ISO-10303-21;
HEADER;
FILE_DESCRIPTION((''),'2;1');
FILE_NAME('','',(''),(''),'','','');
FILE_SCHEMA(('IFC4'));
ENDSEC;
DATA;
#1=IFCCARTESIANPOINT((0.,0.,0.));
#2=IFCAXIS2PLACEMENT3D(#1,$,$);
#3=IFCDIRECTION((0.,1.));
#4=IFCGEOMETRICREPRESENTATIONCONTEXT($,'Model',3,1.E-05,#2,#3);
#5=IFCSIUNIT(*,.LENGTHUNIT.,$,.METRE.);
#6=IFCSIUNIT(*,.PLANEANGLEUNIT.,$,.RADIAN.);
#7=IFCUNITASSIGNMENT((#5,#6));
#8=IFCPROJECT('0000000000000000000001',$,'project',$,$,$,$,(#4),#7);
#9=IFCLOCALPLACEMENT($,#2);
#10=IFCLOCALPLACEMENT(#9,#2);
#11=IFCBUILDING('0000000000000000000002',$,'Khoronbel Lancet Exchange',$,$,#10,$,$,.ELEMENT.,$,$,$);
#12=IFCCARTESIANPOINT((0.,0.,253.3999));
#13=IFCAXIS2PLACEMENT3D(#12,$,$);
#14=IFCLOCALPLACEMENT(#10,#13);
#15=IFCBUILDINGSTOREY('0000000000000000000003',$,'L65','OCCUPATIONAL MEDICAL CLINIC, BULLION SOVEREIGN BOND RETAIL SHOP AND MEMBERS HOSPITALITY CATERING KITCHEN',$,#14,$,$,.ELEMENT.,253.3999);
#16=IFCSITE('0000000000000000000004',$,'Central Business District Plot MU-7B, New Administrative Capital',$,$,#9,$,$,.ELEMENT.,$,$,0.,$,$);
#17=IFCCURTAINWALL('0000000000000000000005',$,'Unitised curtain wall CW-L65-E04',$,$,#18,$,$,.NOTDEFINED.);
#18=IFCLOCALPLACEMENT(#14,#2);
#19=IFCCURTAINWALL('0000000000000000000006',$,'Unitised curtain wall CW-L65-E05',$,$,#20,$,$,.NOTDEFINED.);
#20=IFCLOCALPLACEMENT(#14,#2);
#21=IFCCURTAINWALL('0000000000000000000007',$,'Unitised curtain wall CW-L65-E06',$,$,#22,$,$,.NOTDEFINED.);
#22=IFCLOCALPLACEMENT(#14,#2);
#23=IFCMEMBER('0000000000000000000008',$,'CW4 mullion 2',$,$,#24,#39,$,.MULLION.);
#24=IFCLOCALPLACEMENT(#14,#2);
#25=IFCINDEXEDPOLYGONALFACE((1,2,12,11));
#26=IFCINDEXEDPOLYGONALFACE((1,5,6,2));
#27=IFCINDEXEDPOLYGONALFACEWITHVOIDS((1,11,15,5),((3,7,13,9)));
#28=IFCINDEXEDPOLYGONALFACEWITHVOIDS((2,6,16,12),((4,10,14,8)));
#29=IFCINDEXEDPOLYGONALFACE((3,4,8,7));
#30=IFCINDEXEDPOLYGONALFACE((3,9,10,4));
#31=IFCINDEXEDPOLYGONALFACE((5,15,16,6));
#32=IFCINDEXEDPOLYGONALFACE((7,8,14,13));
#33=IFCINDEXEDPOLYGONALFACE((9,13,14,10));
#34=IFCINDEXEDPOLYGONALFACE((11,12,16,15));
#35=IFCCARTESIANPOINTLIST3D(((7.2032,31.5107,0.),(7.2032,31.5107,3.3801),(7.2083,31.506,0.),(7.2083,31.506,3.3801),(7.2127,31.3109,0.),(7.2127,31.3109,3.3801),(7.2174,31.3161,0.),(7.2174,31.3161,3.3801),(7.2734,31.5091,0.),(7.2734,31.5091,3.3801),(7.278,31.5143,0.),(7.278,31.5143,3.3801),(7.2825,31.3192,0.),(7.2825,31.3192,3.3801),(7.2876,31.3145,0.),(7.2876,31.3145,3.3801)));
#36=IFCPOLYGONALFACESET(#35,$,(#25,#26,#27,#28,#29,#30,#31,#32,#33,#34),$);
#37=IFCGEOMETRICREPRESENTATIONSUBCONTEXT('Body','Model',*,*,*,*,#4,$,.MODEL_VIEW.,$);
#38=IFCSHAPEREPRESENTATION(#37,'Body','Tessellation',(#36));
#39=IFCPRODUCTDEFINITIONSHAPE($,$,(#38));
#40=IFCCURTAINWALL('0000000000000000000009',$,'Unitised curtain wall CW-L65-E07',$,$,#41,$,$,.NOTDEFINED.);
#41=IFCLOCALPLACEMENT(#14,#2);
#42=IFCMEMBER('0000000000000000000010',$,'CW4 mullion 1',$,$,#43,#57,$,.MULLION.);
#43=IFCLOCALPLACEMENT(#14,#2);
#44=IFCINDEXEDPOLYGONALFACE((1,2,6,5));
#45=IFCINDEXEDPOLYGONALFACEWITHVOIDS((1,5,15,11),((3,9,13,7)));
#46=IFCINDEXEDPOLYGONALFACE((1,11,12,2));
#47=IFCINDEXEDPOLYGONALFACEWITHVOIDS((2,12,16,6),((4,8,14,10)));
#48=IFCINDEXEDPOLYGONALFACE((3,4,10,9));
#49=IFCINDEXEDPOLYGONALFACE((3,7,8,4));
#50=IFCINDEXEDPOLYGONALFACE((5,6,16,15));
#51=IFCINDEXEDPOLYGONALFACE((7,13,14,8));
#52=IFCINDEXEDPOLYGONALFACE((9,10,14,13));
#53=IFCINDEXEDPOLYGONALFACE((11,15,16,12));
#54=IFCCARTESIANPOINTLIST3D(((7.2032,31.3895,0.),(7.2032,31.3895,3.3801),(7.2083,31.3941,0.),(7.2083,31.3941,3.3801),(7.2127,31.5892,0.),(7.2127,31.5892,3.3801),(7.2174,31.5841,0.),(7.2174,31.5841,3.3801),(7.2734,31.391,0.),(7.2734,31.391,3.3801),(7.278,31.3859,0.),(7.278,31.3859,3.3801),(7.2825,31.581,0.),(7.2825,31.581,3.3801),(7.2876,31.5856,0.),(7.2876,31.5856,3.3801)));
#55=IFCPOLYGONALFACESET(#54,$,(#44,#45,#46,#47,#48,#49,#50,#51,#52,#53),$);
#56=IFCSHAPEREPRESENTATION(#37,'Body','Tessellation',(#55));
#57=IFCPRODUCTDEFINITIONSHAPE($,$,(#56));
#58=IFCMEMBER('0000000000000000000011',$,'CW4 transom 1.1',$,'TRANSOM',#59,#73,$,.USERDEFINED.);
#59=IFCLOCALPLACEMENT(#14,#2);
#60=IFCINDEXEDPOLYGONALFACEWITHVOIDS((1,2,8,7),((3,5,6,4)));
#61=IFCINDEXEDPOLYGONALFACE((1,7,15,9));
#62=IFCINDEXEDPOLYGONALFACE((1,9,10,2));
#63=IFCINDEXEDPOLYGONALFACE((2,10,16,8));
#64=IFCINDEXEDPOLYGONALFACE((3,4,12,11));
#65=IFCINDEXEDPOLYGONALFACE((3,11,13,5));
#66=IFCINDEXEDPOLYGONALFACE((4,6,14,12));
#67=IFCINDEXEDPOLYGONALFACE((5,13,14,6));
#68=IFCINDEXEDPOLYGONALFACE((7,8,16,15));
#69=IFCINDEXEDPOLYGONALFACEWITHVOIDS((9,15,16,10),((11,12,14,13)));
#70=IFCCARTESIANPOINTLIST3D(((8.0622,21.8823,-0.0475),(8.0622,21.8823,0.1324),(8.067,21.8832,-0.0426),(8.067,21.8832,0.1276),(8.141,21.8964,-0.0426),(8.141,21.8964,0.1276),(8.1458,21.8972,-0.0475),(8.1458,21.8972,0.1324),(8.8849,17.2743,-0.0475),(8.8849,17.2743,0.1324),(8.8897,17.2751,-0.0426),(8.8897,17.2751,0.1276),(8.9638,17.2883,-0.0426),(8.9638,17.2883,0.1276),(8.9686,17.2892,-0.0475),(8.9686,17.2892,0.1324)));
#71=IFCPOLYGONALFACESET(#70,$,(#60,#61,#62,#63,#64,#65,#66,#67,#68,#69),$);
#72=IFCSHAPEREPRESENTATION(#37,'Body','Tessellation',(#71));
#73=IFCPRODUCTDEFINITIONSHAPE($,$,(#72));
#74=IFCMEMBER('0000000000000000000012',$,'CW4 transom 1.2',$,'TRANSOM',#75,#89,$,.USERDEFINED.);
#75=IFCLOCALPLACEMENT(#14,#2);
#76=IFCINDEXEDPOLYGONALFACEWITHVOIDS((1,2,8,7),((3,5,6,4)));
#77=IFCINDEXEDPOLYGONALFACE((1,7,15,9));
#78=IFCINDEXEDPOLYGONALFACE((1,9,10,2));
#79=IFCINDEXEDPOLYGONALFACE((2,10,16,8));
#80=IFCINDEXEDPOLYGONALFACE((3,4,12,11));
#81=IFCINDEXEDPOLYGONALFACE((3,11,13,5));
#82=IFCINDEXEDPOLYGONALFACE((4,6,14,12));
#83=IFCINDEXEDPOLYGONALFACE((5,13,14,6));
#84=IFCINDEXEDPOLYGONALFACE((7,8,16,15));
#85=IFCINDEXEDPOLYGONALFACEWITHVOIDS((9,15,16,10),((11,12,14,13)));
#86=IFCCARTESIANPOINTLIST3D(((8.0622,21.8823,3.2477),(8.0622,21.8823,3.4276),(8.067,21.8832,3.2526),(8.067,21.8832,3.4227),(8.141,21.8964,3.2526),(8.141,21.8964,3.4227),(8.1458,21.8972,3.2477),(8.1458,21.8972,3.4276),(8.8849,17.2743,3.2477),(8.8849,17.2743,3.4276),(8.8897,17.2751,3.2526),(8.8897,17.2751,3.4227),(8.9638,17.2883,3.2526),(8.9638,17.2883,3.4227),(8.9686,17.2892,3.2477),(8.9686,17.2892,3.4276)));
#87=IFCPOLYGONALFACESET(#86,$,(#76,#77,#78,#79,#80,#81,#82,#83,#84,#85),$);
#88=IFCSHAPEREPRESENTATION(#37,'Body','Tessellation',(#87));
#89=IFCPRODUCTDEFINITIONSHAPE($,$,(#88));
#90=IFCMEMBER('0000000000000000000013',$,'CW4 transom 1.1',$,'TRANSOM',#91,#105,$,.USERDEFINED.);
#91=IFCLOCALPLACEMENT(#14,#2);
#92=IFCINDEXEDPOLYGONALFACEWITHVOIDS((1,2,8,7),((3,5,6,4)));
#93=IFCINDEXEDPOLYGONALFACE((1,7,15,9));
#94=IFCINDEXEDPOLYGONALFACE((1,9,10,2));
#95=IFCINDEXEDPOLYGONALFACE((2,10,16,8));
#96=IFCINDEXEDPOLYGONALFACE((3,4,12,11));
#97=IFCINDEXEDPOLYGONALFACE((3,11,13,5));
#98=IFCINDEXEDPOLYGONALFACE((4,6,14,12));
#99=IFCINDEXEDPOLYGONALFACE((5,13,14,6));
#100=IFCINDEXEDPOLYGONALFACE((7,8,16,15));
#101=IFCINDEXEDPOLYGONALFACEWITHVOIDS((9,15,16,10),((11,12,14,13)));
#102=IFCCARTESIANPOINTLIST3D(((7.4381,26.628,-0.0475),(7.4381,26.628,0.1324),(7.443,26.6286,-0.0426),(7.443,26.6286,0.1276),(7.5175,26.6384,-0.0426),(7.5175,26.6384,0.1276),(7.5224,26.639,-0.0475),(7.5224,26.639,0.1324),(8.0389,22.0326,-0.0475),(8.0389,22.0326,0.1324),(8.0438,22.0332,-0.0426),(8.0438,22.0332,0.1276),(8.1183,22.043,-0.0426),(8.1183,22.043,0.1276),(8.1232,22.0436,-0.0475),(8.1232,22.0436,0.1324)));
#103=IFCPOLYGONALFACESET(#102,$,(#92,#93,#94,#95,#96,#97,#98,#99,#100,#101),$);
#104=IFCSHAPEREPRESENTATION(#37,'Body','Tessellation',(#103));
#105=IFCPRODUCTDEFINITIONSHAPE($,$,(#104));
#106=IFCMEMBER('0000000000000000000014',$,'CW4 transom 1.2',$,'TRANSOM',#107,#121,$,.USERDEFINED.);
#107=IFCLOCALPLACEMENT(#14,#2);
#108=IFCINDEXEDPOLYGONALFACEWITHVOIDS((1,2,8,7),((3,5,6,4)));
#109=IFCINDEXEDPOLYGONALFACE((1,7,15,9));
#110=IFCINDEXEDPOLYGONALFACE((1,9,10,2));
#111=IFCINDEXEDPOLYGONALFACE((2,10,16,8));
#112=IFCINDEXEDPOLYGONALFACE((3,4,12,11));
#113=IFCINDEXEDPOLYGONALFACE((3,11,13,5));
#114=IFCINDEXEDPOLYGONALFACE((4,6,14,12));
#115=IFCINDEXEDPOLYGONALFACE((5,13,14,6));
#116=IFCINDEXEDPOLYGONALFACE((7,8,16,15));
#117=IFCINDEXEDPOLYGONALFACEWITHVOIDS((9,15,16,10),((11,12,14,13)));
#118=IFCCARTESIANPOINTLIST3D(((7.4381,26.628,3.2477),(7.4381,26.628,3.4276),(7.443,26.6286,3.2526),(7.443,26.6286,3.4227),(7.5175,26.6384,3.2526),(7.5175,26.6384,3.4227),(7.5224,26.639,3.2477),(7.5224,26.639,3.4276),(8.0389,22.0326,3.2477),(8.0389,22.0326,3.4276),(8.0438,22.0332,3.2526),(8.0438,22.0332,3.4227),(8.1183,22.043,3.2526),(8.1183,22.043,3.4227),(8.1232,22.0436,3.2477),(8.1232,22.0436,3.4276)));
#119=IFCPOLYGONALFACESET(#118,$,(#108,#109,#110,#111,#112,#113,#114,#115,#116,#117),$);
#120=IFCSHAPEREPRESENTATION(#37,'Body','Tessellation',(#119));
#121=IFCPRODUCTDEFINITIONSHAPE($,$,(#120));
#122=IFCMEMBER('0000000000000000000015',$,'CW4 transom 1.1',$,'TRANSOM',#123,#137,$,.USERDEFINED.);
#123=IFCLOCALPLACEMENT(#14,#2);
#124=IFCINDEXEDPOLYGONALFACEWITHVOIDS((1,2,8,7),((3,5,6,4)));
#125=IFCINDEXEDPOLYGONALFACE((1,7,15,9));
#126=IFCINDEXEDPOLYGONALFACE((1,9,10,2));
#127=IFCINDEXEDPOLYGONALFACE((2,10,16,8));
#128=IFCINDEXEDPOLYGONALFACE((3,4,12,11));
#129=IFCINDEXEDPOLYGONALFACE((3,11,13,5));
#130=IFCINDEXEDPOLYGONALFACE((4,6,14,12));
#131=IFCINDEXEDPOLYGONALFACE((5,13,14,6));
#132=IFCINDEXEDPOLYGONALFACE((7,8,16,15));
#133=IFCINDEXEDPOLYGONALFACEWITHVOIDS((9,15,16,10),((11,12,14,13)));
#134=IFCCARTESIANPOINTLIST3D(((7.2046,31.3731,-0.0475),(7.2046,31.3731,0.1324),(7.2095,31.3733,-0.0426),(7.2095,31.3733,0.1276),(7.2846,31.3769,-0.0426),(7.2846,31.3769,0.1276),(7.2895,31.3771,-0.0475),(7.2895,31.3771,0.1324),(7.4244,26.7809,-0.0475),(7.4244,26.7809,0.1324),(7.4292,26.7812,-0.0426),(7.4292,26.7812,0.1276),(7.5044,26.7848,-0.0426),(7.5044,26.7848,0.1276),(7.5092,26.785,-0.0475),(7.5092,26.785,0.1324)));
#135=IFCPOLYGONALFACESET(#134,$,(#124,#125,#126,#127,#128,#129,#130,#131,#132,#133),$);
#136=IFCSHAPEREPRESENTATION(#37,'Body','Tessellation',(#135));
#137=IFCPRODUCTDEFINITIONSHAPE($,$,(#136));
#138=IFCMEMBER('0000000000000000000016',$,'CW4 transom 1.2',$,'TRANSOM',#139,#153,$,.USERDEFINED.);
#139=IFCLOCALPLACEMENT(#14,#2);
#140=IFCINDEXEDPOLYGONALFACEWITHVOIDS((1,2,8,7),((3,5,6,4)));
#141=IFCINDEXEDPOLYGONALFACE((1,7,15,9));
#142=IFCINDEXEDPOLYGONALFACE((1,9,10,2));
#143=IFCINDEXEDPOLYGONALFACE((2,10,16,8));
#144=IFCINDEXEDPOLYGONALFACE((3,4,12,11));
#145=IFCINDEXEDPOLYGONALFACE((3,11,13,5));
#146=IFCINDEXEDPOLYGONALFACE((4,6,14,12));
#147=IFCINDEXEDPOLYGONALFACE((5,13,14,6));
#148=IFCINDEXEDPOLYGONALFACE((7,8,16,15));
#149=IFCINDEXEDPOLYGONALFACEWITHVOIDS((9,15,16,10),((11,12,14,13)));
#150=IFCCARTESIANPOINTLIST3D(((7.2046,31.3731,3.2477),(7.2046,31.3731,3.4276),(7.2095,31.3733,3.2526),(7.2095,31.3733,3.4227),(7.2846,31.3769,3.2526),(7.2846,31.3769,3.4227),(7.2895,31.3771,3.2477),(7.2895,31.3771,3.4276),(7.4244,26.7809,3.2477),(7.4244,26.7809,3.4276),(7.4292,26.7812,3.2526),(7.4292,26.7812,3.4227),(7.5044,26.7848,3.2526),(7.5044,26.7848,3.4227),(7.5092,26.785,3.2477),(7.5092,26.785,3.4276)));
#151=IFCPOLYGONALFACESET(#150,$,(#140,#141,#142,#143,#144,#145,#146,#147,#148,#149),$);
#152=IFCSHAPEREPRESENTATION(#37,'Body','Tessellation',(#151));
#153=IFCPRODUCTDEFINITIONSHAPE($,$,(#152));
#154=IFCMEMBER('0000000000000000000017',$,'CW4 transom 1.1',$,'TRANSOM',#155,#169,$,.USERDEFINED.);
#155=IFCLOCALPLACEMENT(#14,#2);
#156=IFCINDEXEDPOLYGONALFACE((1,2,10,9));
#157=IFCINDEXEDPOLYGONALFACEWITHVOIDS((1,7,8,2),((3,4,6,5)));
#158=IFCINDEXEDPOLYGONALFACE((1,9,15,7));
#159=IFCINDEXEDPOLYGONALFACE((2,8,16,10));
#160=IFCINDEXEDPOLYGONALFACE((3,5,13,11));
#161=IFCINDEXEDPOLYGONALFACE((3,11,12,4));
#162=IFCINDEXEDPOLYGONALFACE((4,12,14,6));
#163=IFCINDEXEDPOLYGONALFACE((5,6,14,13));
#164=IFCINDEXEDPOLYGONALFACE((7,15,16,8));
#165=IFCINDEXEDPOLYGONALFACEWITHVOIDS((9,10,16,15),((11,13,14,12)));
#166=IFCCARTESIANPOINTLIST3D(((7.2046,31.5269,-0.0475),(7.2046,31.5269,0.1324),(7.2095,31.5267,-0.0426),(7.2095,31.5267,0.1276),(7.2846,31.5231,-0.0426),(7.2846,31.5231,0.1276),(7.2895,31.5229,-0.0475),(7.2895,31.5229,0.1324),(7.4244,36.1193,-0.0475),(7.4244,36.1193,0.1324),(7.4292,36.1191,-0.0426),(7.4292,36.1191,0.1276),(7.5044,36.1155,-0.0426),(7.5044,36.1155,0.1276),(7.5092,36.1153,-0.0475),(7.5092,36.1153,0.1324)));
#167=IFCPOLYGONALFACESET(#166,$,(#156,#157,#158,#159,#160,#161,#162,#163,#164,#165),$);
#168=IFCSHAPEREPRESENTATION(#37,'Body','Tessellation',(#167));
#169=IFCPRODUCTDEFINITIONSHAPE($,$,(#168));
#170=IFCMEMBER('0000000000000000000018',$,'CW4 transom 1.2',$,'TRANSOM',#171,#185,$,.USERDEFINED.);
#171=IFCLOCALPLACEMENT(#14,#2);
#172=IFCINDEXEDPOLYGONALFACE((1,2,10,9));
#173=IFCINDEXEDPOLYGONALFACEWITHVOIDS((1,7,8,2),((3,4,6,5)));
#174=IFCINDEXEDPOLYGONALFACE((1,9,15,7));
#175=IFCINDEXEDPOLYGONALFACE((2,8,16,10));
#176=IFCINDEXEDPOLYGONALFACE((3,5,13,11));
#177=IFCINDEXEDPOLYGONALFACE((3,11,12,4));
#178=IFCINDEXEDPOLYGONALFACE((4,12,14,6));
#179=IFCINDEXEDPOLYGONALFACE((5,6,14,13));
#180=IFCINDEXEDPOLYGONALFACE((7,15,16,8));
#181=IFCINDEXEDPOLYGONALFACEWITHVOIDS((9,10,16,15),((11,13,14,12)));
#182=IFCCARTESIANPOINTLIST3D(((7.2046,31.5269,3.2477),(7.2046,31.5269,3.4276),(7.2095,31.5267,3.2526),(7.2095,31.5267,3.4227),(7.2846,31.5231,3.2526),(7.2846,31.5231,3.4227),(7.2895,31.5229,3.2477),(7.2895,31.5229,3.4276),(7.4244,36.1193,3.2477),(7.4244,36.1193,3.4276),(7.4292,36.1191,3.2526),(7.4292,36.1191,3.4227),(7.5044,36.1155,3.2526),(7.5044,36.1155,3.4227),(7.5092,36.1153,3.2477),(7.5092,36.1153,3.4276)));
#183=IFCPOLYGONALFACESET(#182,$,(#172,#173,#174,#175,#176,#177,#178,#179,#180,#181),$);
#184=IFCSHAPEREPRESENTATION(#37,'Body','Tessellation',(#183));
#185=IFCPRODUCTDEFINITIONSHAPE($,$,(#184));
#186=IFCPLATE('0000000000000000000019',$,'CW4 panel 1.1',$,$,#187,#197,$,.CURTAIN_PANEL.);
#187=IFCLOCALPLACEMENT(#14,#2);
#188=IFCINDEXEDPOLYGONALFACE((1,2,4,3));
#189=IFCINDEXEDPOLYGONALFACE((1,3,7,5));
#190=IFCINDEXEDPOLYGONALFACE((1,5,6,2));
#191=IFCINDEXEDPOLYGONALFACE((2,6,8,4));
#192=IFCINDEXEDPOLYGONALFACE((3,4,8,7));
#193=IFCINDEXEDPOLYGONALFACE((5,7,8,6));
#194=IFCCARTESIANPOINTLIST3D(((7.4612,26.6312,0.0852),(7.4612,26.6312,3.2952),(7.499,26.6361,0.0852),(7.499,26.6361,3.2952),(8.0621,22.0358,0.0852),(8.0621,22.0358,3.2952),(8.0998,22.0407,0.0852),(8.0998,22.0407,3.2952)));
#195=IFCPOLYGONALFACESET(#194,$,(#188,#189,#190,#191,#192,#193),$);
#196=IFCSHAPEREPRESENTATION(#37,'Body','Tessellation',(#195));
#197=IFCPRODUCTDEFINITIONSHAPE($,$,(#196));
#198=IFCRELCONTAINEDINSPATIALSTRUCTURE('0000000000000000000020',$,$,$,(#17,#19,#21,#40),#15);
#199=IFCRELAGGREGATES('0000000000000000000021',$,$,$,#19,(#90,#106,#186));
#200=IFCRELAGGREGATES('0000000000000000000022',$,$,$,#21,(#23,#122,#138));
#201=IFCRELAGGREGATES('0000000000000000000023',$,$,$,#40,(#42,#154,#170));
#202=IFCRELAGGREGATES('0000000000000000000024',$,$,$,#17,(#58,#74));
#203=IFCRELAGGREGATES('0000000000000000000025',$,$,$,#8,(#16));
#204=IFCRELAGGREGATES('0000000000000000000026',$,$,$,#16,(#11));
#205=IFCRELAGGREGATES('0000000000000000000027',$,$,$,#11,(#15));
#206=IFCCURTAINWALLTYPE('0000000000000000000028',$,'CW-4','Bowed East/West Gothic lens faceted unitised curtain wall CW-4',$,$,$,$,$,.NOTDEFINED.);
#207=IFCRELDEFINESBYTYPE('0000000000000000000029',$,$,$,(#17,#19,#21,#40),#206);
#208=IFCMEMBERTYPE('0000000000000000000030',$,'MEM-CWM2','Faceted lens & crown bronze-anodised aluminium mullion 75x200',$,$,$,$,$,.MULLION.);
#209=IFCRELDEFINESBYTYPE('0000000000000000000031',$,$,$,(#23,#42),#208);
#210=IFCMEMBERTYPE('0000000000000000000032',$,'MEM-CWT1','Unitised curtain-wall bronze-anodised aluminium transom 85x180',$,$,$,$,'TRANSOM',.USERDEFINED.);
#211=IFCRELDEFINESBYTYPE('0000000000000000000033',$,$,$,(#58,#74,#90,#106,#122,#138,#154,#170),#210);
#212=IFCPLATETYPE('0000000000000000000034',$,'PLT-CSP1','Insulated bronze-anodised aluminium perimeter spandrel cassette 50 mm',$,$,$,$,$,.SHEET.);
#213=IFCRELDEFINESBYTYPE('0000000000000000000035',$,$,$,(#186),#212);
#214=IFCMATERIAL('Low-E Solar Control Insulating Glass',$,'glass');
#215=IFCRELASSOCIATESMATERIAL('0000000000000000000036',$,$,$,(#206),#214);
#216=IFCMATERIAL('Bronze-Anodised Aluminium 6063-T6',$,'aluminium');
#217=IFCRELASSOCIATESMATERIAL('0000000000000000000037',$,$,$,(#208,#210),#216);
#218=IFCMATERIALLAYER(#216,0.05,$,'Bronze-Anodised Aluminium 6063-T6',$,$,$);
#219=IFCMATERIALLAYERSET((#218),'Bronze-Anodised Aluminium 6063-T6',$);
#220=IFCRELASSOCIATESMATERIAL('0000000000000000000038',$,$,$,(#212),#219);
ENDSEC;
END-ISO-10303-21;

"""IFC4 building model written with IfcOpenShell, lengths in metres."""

from ifc_helpers import new_model, si_unit, direction, frame, origin, origin_2d, place, context, subcontext, project, spatial, rectangle, hollow_rectangle, extrude, material, layer, layer_set, material_profile, profile_set, type_object, element, aggregate, save


model = new_model("IFC4")

# Units and contexts
model_context = context("Model", 3, precision=1e-05, world=origin(), true_north=direction((0.0, 1.0)))
body_context = subcontext(model_context, "Body", "Model", "MODEL_VIEW")
ifc_project = project(units=[si_unit("LENGTHUNIT", "METRE"), si_unit("PLANEANGLEUNIT", "RADIAN")], contexts=[model_context])

# Site, building, storey
site_placement = place(None, origin())
site = spatial("IfcSite", under=ifc_project, at=site_placement, Name="Central Business District Plot MU-7B, New Administrative Capital", CompositionType="ELEMENT", RefElevation=0.0)
building_placement = place(site_placement, origin())
building = spatial("IfcBuilding", under=site, at=building_placement, Name="Khoronbel Lancet Exchange", CompositionType="ELEMENT")
storey_placement = place(building_placement, frame((0.0, 0.0, 253.3999)))
storey = spatial("IfcBuildingStorey", under=building, at=storey_placement, Name="L65", Description="OCCUPATIONAL MEDICAL CLINIC, BULLION SOVEREIGN BOND RETAIL SHOP AND MEMBERS HOSPITALITY CATERING KITCHEN", CompositionType="ELEMENT", Elevation=253.3999)

# Curtain walls, member
ifc_material_1 = material(Name="Low-E Solar Control Insulating Glass", Category="glass")
curtain_wall_type = type_object("IfcCurtainWallType", Name="CW-4", Description="Bowed East/West Gothic lens faceted unitised curtain wall CW-4", PredefinedType="NOTDEFINED", material=ifc_material_1)
curtain_wall_1_placement = place(storey_placement, origin())
curtain_wall_1 = element("IfcCurtainWall", 1, at=curtain_wall_1_placement, inside=storey, type_object=curtain_wall_type, Name="Unitised curtain wall CW-L65-E04", PredefinedType="NOTDEFINED")
ifc_material_2 = material(Name="Bronze-Anodised Aluminium 6063-T6", Category="aluminium")
ifc_material_profile_1 = material_profile(ifc_material_2, hollow_rectangle(XDim=0.075, YDim=0.2, WallThickness=0.0049, at=origin_2d()), Name="ALU MULLION 75x200")
ifc_profile_set_1 = profile_set([ifc_material_profile_1], Name="Bronze-Anodised Aluminium 6063-T6")
member_type_1 = type_object("IfcMemberType", Name="MEM-CWM2", Description="Faceted lens & crown bronze-anodised aluminium mullion 75x200", PredefinedType="MULLION", material=ifc_profile_set_1)
curtain_wall_2_placement = place(storey_placement, origin())
curtain_wall_2 = element("IfcCurtainWall", 2, at=curtain_wall_2_placement, inside=storey, type_object=curtain_wall_type, Name="Unitised curtain wall CW-L65-E05", PredefinedType="NOTDEFINED")
curtain_wall_3_placement = place(storey_placement, origin())
curtain_wall_3 = element("IfcCurtainWall", 3, at=curtain_wall_3_placement, inside=storey, type_object=curtain_wall_type, Name="Unitised curtain wall CW-L65-E06", PredefinedType="NOTDEFINED")
member_1_placement = place(storey_placement, frame((7.2454, 31.4126, 0.0), z_axis=(0.0, 0.0, 1.0), x_axis=(-0.998857, -0.047794, 0.0)))
member_1 = element("IfcMember", 4, at=member_1_placement, type_object=member_type_1, Name="CW4 mullion 2", PredefinedType="MULLION", context=body_context, shape_type="SweptSolid", body=[
    extrude(hollow_rectangle(XDim=0.075, YDim=0.2, WallThickness=0.0049, at=origin_2d()), origin(), (0.0, 0.0, 1.0), 3.3801),
])

# Curtain wall, member
curtain_wall_4_placement = place(storey_placement, origin())
curtain_wall_4 = element("IfcCurtainWall", 5, at=curtain_wall_4_placement, inside=storey, type_object=curtain_wall_type, Name="Unitised curtain wall CW-L65-E07", PredefinedType="NOTDEFINED")
member_2_placement = place(storey_placement, frame((7.2454, 31.4875, 0.0), z_axis=(0.0, 0.0, 1.0), x_axis=(-0.998857, 0.047794, 0.0)))
member_2 = element("IfcMember", 6, at=member_2_placement, type_object=member_type_1, Name="CW4 mullion 1", PredefinedType="MULLION", context=body_context, shape_type="SweptSolid", body=[
    extrude(hollow_rectangle(XDim=0.075, YDim=0.2, WallThickness=0.0049, at=origin_2d()), origin(), (0.0, 0.0, 1.0), 3.3801),
])

# Members
ifc_material_profile_2 = material_profile(ifc_material_2, hollow_rectangle(XDim=0.085, YDim=0.1799, WallThickness=0.0049, at=origin_2d()), Name="ALU TRANSOM 85x180")
ifc_profile_set_2 = profile_set([ifc_material_profile_2], Name="Bronze-Anodised Aluminium 6063-T6")
member_type_2 = type_object("IfcMemberType", Name="MEM-CWT1", Description="Unitised curtain-wall bronze-anodised aluminium transom 85x180", ElementType="TRANSOM", PredefinedType="USERDEFINED", material=ifc_profile_set_2)
member_3_placement = place(storey_placement, frame((8.9268, 17.2817, 0.0425), z_axis=(-0.175764, 0.984432, 0.0), x_axis=(-0.984432, -0.175764, 0.0)))
member_3 = element("IfcMember", 7, at=member_3_placement, type_object=member_type_2, Name="CW4 transom 1.1", ObjectType="TRANSOM", PredefinedType="USERDEFINED", context=body_context, shape_type="SweptSolid", body=[
    extrude(hollow_rectangle(XDim=0.085, YDim=0.1799, WallThickness=0.0049, at=origin_2d()), origin(), (0.0, 0.0, 1.0), 4.6809),
])
member_4_placement = place(storey_placement, frame((8.9268, 17.2817, 3.3376), z_axis=(-0.175764, 0.984432, 0.0), x_axis=(-0.984432, -0.175764, 0.0)))
member_4 = element("IfcMember", 8, at=member_4_placement, type_object=member_type_2, Name="CW4 transom 1.2", ObjectType="TRANSOM", PredefinedType="USERDEFINED", context=body_context, shape_type="SweptSolid", body=[
    extrude(hollow_rectangle(XDim=0.085, YDim=0.1799, WallThickness=0.0049, at=origin_2d()), origin(), (0.0, 0.0, 1.0), 4.6809),
])
member_5_placement = place(storey_placement, frame((8.0811, 22.0381, 0.0425), z_axis=(-0.129641, 0.991561, 0.0), x_axis=(-0.991561, -0.129641, 0.0)))
member_5 = element("IfcMember", 9, at=member_5_placement, type_object=member_type_2, Name="CW4 transom 1.1", ObjectType="TRANSOM", PredefinedType="USERDEFINED", context=body_context, shape_type="SweptSolid", body=[
    extrude(hollow_rectangle(XDim=0.085, YDim=0.1799, WallThickness=0.0049, at=origin_2d()), origin(), (0.0, 0.0, 1.0), 4.6345),
])
member_6_placement = place(storey_placement, frame((8.0811, 22.0381, 3.3376), z_axis=(-0.129641, 0.991561, 0.0), x_axis=(-0.991561, -0.129641, 0.0)))
member_6 = element("IfcMember", 10, at=member_6_placement, type_object=member_type_2, Name="CW4 transom 1.2", ObjectType="TRANSOM", PredefinedType="USERDEFINED", context=body_context, shape_type="SweptSolid", body=[
    extrude(hollow_rectangle(XDim=0.085, YDim=0.1799, WallThickness=0.0049, at=origin_2d()), origin(), (0.0, 0.0, 1.0), 4.6345),
])
member_7_placement = place(storey_placement, frame((7.4668, 26.783, 0.0425), z_axis=(-0.047795, 0.998857, 0.0), x_axis=(-0.998857, -0.047795, 0.0)))
member_7 = element("IfcMember", 11, at=member_7_placement, type_object=member_type_2, Name="CW4 transom 1.1", ObjectType="TRANSOM", PredefinedType="USERDEFINED", context=body_context, shape_type="SweptSolid", body=[
    extrude(hollow_rectangle(XDim=0.085, YDim=0.1799, WallThickness=0.0049, at=origin_2d()), origin(), (0.0, 0.0, 1.0), 4.5974),
])
member_8_placement = place(storey_placement, frame((7.4668, 26.783, 3.3376), z_axis=(-0.047795, 0.998857, 0.0), x_axis=(-0.998857, -0.047795, 0.0)))
member_8 = element("IfcMember", 12, at=member_8_placement, type_object=member_type_2, Name="CW4 transom 1.2", ObjectType="TRANSOM", PredefinedType="USERDEFINED", context=body_context, shape_type="SweptSolid", body=[
    extrude(hollow_rectangle(XDim=0.085, YDim=0.1799, WallThickness=0.0049, at=origin_2d()), origin(), (0.0, 0.0, 1.0), 4.5974),
])
member_9_placement = place(storey_placement, frame((7.2471, 31.5249, 0.0425), z_axis=(0.047792, 0.998857, 0.0), x_axis=(-0.998857, 0.047792, 0.0)))
member_9 = element("IfcMember", 13, at=member_9_placement, type_object=member_type_2, Name="CW4 transom 1.1", ObjectType="TRANSOM", PredefinedType="USERDEFINED", context=body_context, shape_type="SweptSolid", body=[
    extrude(hollow_rectangle(XDim=0.085, YDim=0.1799, WallThickness=0.0049, at=origin_2d()), origin(), (0.0, 0.0, 1.0), 4.5977),
])
member_10_placement = place(storey_placement, frame((7.2471, 31.5249, 3.3376), z_axis=(0.047792, 0.998857, 0.0), x_axis=(-0.998857, 0.047792, 0.0)))
member_10 = element("IfcMember", 14, at=member_10_placement, type_object=member_type_2, Name="CW4 transom 1.2", ObjectType="TRANSOM", PredefinedType="USERDEFINED", context=body_context, shape_type="SweptSolid", body=[
    extrude(hollow_rectangle(XDim=0.085, YDim=0.1799, WallThickness=0.0049, at=origin_2d()), origin(), (0.0, 0.0, 1.0), 4.5977),
])

# Plate
ifc_layer_1 = layer(ifc_material_2, 0.05, Name="Bronze-Anodised Aluminium 6063-T6")
ifc_layer_set_1 = layer_set([ifc_layer_1], Name="Bronze-Anodised Aluminium 6063-T6")
plate_type_1 = type_object("IfcPlateType", Name="PLT-CSP1", Description="Insulated bronze-anodised aluminium perimeter spandrel cassette 50 mm", PredefinedType="SHEET", material=ifc_layer_set_1)
plate_1_placement = place(storey_placement, frame((7.7805, 24.3359, 0.0852), z_axis=(0.0, 0.0, 1.0), x_axis=(-0.129646, 0.99156, 0.0)))
plate_1 = element("IfcPlate", 15, at=plate_1_placement, type_object=plate_type_1, Name="CW4 panel 1.1", PredefinedType="CURTAIN_PANEL", context=body_context, shape_type="SweptSolid", body=[
    extrude(rectangle(XDim=4.6345, YDim=0.0381, at=origin_2d()), origin(), (0.0, 0.0, 1.0), 3.21),
])
aggregate(curtain_wall_2, [member_5, member_6, plate_1])
aggregate(curtain_wall_3, [member_1, member_7, member_8])
aggregate(curtain_wall_4, [member_2, member_9, member_10])
aggregate(curtain_wall_1, [member_3, member_4])

save(model, "model.ifc")
